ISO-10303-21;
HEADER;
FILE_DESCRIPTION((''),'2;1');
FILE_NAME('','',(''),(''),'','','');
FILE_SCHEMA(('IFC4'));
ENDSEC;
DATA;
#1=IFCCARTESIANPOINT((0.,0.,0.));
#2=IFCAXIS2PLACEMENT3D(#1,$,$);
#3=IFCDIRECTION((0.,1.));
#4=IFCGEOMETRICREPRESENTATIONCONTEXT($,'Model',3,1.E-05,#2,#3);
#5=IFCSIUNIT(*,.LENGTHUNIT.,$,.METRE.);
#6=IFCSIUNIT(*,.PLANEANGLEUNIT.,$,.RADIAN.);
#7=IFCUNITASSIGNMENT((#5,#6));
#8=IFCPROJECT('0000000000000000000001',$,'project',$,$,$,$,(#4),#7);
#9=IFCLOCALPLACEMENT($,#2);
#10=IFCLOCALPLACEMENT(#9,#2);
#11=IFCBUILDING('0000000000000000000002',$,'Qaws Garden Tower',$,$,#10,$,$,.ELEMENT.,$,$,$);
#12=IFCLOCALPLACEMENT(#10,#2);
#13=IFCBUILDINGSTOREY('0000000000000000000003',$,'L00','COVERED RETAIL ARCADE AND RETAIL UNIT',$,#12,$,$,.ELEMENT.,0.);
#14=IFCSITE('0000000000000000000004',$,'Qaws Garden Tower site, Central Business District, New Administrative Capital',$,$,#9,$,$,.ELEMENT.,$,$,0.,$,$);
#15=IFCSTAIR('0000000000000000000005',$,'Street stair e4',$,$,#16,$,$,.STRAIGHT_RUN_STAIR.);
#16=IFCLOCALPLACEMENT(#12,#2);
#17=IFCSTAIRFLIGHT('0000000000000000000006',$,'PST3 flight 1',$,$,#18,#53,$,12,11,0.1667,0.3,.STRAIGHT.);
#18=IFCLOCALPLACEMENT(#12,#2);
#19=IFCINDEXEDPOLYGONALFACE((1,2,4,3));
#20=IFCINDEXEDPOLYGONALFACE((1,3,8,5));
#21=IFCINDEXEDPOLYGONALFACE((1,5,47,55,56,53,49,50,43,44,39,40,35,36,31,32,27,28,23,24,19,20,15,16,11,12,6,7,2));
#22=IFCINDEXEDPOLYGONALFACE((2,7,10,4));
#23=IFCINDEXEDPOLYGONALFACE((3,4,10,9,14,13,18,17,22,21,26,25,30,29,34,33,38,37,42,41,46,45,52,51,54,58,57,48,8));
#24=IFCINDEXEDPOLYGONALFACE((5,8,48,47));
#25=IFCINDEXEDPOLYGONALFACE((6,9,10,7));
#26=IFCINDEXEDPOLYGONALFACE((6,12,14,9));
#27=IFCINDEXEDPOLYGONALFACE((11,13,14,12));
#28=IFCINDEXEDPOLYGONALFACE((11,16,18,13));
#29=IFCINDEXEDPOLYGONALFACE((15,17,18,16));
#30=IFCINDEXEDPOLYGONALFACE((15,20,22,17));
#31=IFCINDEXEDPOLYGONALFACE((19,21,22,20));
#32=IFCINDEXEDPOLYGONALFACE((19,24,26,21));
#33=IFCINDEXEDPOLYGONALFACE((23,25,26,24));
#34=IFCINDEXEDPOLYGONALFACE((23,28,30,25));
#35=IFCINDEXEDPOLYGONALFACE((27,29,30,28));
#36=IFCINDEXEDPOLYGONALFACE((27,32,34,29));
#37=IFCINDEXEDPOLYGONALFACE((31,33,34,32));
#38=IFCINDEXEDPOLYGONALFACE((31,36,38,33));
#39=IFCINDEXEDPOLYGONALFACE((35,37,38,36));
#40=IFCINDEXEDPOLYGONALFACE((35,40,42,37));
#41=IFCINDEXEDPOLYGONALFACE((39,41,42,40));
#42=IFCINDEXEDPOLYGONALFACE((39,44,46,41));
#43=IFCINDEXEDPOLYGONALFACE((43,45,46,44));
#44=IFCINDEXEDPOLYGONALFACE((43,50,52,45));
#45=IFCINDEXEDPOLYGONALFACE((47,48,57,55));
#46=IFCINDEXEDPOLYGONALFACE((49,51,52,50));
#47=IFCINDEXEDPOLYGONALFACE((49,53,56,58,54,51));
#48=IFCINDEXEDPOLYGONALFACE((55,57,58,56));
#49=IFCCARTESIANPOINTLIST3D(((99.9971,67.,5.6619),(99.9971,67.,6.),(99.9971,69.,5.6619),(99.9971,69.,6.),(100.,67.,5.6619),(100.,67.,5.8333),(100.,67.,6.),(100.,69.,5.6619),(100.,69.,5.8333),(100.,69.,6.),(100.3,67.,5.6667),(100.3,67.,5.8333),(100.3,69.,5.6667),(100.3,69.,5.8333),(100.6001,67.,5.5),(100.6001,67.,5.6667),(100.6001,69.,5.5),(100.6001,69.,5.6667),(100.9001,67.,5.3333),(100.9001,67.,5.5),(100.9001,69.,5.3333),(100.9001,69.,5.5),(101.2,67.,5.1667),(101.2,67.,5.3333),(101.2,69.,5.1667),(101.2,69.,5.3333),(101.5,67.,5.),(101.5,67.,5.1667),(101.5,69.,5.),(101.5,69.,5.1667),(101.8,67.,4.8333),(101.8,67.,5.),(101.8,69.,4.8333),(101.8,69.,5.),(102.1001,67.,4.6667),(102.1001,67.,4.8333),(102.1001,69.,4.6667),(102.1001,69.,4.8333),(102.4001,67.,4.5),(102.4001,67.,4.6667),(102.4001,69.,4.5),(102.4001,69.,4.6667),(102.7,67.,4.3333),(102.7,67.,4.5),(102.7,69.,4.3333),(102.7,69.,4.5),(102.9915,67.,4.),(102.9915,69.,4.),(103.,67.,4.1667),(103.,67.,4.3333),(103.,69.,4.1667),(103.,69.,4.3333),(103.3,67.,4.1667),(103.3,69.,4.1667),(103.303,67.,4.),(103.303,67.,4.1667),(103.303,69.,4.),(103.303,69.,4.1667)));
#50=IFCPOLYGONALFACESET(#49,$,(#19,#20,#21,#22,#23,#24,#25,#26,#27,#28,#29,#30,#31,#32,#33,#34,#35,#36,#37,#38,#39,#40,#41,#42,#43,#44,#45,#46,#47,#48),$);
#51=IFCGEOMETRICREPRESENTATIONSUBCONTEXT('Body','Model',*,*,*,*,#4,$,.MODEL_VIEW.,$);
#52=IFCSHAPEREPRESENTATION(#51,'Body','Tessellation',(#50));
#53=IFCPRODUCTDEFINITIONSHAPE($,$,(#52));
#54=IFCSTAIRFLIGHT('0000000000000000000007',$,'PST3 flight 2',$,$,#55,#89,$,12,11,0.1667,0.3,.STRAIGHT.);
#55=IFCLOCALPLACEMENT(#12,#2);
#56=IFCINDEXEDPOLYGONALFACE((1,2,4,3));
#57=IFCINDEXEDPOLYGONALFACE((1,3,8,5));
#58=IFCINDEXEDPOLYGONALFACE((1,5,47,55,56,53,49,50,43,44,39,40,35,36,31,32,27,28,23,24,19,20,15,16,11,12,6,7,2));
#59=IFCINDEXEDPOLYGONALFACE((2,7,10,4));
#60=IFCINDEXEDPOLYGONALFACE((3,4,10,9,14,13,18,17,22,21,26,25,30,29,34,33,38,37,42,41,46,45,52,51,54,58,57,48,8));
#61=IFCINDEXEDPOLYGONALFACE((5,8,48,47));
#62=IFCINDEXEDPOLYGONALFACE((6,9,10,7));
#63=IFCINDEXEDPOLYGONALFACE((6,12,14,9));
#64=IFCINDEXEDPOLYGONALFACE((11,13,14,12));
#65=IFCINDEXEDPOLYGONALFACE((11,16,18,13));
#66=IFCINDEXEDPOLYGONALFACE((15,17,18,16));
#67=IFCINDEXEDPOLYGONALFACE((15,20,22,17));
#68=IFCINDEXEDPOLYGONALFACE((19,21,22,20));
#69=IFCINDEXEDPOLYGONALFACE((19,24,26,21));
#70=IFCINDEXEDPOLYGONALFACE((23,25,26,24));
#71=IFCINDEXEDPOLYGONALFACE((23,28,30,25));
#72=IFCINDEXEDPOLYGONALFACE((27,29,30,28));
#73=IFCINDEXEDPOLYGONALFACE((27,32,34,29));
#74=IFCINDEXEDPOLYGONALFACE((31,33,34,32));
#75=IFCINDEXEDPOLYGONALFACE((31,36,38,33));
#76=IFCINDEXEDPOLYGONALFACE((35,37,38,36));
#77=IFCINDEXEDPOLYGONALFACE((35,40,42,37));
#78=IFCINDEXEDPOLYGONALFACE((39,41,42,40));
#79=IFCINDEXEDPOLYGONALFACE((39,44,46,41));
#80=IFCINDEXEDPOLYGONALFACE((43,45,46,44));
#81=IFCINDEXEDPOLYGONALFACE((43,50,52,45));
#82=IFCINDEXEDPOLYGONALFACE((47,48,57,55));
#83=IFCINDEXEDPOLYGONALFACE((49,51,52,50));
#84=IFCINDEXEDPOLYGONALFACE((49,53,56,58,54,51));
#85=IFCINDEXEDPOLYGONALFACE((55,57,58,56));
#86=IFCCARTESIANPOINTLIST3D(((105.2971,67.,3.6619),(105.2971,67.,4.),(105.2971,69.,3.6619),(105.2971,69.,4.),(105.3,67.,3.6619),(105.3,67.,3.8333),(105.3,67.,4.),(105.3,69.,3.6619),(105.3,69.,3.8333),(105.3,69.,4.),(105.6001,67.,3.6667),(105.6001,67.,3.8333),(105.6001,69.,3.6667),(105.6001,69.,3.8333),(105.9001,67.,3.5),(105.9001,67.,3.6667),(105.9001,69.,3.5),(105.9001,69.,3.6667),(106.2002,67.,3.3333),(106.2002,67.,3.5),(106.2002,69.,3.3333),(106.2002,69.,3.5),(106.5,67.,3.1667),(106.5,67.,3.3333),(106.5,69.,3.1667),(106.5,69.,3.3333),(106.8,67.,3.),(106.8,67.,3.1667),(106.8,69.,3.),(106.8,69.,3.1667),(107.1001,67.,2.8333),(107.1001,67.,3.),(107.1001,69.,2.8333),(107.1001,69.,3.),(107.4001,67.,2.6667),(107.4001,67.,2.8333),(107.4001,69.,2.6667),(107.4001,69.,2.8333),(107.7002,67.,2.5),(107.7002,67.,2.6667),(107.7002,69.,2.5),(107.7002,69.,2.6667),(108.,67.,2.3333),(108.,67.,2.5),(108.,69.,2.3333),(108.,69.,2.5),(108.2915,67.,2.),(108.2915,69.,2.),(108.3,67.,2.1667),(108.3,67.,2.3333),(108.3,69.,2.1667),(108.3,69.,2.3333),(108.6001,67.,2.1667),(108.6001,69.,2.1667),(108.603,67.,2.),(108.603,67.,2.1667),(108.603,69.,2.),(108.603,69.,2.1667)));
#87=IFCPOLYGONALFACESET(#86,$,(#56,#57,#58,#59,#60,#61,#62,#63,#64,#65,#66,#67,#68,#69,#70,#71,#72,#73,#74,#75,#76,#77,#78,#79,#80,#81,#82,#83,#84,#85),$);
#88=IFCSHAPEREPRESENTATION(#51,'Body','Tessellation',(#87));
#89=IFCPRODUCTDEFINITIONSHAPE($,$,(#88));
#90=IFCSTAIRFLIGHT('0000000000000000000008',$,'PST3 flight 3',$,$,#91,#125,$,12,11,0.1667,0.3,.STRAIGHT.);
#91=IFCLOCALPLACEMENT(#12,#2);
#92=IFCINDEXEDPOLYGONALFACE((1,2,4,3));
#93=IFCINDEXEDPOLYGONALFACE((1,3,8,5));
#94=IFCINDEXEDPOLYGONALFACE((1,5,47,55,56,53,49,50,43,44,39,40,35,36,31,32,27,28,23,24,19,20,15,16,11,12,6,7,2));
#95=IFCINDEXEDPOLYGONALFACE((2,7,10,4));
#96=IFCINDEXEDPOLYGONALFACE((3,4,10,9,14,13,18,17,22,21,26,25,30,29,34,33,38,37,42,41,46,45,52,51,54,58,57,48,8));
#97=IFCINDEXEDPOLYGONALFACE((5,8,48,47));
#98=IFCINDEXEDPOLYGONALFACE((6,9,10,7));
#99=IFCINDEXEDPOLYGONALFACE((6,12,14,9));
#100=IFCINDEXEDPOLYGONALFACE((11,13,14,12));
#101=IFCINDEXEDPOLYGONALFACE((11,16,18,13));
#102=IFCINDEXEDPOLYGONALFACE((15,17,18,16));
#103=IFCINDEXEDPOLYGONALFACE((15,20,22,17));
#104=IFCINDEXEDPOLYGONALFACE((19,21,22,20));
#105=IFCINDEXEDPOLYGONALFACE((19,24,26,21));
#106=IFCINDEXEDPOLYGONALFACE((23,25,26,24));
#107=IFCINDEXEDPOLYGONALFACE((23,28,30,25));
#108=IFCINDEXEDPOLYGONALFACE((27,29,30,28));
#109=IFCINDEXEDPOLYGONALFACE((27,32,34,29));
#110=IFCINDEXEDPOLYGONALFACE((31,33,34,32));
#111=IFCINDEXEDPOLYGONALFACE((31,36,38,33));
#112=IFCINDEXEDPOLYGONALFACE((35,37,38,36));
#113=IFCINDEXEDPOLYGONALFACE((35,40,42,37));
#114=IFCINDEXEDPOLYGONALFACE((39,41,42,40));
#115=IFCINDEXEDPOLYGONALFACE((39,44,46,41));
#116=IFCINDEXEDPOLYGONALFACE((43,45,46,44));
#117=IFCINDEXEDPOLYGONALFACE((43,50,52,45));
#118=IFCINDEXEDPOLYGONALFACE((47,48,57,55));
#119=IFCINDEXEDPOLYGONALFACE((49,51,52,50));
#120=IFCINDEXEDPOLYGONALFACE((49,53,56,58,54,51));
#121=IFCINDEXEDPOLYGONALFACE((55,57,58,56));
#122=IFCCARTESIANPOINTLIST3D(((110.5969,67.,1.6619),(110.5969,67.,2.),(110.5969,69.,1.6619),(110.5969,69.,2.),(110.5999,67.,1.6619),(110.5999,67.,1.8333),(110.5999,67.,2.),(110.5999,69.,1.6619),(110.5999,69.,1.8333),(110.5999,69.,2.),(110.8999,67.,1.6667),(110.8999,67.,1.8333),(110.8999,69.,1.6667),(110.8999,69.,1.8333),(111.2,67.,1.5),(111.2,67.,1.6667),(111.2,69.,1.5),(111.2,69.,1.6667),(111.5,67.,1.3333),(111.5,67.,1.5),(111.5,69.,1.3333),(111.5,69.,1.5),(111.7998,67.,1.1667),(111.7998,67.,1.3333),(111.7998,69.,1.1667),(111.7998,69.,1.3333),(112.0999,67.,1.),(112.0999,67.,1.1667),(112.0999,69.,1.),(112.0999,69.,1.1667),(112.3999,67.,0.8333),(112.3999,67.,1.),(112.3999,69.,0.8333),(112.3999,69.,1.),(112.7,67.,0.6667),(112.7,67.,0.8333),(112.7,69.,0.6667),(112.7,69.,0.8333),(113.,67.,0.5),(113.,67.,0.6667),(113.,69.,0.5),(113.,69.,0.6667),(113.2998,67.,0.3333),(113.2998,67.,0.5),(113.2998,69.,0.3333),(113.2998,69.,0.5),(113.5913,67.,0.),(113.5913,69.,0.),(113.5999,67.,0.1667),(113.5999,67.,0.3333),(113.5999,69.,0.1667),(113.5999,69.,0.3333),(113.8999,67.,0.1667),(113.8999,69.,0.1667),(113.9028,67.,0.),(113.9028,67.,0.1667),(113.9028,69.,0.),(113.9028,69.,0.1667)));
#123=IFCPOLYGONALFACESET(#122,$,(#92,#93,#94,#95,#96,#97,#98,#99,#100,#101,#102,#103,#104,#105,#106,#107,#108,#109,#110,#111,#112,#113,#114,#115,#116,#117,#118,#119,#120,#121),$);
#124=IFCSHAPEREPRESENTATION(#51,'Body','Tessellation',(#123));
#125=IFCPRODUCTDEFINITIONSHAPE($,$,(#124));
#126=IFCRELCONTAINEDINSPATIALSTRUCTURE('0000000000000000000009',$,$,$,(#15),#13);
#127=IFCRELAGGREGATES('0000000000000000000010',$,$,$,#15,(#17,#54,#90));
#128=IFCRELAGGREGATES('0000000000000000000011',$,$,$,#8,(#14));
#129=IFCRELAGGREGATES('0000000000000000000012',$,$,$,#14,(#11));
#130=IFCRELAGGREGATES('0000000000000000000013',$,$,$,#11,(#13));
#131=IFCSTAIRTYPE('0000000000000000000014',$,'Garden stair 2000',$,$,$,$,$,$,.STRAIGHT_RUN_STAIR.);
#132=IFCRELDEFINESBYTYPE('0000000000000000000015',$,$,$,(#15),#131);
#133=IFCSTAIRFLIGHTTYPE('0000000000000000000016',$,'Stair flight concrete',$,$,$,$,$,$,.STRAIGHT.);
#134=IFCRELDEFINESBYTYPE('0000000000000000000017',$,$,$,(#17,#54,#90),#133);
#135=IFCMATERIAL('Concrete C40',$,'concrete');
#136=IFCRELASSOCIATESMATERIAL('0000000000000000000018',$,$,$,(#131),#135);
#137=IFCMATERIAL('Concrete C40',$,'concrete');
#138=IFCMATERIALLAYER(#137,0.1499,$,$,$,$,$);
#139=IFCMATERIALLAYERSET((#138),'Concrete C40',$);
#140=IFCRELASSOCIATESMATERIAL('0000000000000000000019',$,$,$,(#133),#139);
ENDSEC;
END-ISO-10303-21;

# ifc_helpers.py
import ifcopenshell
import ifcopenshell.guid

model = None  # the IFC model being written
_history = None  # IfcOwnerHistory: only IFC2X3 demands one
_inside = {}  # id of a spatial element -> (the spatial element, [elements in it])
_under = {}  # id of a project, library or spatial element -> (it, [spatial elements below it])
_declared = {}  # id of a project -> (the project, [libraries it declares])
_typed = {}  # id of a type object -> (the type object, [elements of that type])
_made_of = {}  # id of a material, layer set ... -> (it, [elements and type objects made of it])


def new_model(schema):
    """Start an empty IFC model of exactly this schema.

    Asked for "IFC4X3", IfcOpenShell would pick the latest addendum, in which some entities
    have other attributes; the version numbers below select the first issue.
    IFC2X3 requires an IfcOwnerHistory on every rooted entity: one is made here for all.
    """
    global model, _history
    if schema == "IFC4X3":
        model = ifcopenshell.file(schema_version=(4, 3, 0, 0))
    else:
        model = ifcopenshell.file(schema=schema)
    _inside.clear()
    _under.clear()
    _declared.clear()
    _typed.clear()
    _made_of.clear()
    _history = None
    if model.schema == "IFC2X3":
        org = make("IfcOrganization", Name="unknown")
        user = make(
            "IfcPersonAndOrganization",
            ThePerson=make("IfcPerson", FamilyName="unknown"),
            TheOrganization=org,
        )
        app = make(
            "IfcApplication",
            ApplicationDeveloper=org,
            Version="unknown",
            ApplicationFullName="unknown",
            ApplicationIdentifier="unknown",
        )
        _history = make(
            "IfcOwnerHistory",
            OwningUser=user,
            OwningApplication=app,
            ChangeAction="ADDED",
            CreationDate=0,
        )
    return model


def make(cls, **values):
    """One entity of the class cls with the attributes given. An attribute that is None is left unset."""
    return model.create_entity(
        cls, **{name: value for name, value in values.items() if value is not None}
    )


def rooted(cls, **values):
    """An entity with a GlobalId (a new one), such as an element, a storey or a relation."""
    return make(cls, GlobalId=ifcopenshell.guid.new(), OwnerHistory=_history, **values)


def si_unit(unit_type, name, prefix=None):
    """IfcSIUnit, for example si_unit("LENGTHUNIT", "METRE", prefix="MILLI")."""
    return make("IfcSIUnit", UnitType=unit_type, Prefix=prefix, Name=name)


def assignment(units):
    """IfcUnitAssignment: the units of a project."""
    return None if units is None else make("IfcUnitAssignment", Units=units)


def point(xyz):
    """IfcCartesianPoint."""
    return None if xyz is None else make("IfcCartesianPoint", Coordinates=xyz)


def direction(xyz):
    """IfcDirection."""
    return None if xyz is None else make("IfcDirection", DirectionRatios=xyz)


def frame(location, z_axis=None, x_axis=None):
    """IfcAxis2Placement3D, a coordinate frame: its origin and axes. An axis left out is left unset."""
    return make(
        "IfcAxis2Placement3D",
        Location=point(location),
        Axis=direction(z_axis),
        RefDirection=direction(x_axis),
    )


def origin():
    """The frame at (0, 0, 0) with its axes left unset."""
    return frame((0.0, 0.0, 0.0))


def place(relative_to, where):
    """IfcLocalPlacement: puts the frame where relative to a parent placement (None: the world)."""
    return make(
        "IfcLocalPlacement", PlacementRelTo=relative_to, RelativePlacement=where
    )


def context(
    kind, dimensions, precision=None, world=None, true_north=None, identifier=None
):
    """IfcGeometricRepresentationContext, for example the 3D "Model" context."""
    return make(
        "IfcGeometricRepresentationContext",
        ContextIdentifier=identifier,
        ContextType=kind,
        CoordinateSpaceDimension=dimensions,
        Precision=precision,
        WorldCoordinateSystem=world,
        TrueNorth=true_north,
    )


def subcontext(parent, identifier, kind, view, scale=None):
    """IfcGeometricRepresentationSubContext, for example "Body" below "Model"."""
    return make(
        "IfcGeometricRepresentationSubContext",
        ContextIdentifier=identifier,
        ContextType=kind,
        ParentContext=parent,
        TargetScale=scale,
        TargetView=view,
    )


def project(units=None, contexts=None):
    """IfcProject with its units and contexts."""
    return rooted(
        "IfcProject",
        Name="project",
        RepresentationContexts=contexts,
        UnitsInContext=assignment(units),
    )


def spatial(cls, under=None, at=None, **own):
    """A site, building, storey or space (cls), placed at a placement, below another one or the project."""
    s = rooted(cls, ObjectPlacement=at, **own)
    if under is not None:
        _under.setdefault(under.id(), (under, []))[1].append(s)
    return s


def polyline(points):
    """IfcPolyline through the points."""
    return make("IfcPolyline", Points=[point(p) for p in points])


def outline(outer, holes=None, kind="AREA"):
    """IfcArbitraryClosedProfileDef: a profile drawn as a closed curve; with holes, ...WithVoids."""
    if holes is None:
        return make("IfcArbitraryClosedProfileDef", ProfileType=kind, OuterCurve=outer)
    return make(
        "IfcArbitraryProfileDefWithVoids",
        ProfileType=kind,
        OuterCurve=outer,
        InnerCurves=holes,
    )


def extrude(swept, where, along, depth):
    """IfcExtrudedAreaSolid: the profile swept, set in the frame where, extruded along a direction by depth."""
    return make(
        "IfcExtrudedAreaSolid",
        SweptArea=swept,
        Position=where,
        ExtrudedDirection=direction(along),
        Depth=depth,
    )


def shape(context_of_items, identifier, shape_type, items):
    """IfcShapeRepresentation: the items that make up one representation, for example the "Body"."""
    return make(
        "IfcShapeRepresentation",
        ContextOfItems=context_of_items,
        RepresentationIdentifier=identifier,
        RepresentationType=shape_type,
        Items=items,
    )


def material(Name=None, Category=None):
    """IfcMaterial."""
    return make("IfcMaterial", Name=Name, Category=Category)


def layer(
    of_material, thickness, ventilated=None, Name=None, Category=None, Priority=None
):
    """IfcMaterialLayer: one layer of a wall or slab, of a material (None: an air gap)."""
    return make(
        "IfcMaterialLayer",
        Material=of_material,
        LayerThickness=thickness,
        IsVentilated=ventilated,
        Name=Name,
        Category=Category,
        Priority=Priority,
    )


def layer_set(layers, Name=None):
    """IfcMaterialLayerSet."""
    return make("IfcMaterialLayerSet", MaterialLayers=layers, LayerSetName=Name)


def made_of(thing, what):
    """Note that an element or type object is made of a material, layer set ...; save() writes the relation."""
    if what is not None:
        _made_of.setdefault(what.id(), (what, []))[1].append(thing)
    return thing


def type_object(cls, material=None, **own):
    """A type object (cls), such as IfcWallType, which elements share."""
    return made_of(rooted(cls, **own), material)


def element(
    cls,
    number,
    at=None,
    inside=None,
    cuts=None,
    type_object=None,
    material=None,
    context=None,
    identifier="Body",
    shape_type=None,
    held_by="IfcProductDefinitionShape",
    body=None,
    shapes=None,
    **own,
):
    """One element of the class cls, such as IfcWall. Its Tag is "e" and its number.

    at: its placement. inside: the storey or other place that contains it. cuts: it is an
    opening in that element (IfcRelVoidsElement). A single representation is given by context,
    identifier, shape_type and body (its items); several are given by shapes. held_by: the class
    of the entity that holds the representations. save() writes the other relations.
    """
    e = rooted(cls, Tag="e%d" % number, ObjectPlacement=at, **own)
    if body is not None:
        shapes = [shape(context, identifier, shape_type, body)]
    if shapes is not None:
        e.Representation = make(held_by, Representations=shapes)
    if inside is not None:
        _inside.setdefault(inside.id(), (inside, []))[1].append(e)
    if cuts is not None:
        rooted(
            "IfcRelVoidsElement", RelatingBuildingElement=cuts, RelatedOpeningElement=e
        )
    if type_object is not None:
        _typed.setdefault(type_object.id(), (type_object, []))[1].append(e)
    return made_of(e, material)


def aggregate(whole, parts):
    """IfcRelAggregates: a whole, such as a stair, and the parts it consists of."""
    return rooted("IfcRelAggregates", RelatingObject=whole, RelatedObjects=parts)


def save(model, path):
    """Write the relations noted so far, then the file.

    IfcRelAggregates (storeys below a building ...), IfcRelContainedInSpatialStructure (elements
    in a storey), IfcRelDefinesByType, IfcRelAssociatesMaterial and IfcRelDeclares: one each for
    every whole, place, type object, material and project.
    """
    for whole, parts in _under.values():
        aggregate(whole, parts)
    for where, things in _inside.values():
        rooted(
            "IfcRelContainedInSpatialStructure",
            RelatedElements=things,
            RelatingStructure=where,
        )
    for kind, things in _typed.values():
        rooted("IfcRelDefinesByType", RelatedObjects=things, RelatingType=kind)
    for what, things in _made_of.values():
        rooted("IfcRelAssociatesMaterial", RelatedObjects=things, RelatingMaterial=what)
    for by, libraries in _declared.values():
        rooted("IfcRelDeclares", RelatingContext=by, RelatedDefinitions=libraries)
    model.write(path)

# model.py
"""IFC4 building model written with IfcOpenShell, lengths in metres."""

from ifc_helpers import new_model, si_unit, direction, frame, origin, place, context, subcontext, project, spatial, polyline, outline, extrude, material, layer, layer_set, type_object, element, aggregate, save


model = new_model("IFC4")

# Units and contexts
model_context = context("Model", 3, precision=1e-05, world=origin(), true_north=direction((0.0, 1.0)))
body_context = subcontext(model_context, "Body", "Model", "MODEL_VIEW")
ifc_project = project(units=[si_unit("LENGTHUNIT", "METRE"), si_unit("PLANEANGLEUNIT", "RADIAN")], contexts=[model_context])

# Site, building, storey
site_placement = place(None, origin())
site = spatial("IfcSite", under=ifc_project, at=site_placement, Name="Qaws Garden Tower site, Central Business District, New Administrative Capital", CompositionType="ELEMENT", RefElevation=0.0)
building_placement = place(site_placement, origin())
building = spatial("IfcBuilding", under=site, at=building_placement, Name="Qaws Garden Tower", CompositionType="ELEMENT")
storey_placement = place(building_placement, origin())
storey = spatial("IfcBuildingStorey", under=building, at=storey_placement, Name="L00", Description="COVERED RETAIL ARCADE AND RETAIL UNIT", CompositionType="ELEMENT", Elevation=0.0)

# Stair, stair flights
ifc_material_1 = material(Name="Concrete C40", Category="concrete")
stair_type = type_object("IfcStairType", Name="Garden stair 2000", PredefinedType="STRAIGHT_RUN_STAIR", material=ifc_material_1)
placement = place(storey_placement, origin())
ifc_material_2 = material(Name="Concrete C40", Category="concrete")
ifc_layer_1 = layer(ifc_material_2, 0.1499)
ifc_layer_set_1 = layer_set([ifc_layer_1], Name="Concrete C40")
stair_flight_type = type_object("IfcStairFlightType", Name="Stair flight concrete", PredefinedType="STRAIGHT", material=ifc_layer_set_1)
stair_1 = element("IfcStair", 1, at=placement, inside=storey, type_object=stair_type, Name="Street stair e4", PredefinedType="STRAIGHT_RUN_STAIR")
stair_flight_1_placement = place(storey_placement, frame((103.3, 68.0, 4.0), z_axis=(0.0, 0.0, 1.0), x_axis=(-1.0, 0.0, 0.0)))
stair_flight_1 = element("IfcStairFlight", 2, at=stair_flight_1_placement, type_object=stair_flight_type, Name="PST3 flight 1", NumberOfRisers=12, NumberOfTreads=11, PredefinedType="STRAIGHT", RiserHeight=0.1667, TreadLength=0.3, context=body_context, shape_type="SweptSolid", body=[
    extrude(outline(polyline([(-0.0029, 0.0), (-0.0029, 0.1667), (0.0, 0.1667), (0.3, 0.1667), (0.3, 0.3333), (0.6001, 0.3333), (0.6001, 0.5), (0.8999, 0.5), (0.8999, 0.6667), (1.2, 0.6667), (1.2, 0.8333), (1.5, 0.8333), (1.5, 1.0), (1.8, 1.0), (1.8, 1.1667), (2.1001, 1.1667), (2.1001, 1.3333), (2.3999, 1.3333), (2.3999, 1.5), (2.7, 1.5), (2.7, 1.6667), (3.0, 1.6667), (3.0, 1.8333), (3.3, 1.8333), (3.3, 2.0), (3.303, 2.0), (3.303, 1.6619), (3.3, 1.6619), (0.3086, 0.0), (-0.0029, 0.0)])), frame((0.0, 1.0, 0.0), z_axis=(0.0, -1.0, 0.0), x_axis=(1.0, 0.0, 0.0)), (0.0, 0.0, 1.0), 2.0),
])
stair_flight_2_placement = place(storey_placement, frame((108.6001, 68.0, 2.0), z_axis=(0.0, 0.0, 1.0), x_axis=(-1.0, 0.0, 0.0)))
stair_flight_2 = element("IfcStairFlight", 3, at=stair_flight_2_placement, type_object=stair_flight_type, Name="PST3 flight 2", NumberOfRisers=12, NumberOfTreads=11, PredefinedType="STRAIGHT", RiserHeight=0.1667, TreadLength=0.3, context=body_context, shape_type="SweptSolid", body=[
    extrude(outline(polyline([(-0.0029, 0.0), (-0.0029, 0.1667), (0.0, 0.1667), (0.3, 0.1667), (0.3, 0.3333), (0.6001, 0.3333), (0.6001, 0.5), (0.8999, 0.5), (0.8999, 0.6667), (1.2, 0.6667), (1.2, 0.8333), (1.5, 0.8333), (1.5, 1.0), (1.8, 1.0), (1.8, 1.1667), (2.1001, 1.1667), (2.1001, 1.3333), (2.3999, 1.3333), (2.3999, 1.5), (2.7, 1.5), (2.7, 1.6667), (3.0, 1.6667), (3.0, 1.8333), (3.3, 1.8333), (3.3, 2.0), (3.303, 2.0), (3.303, 1.6619), (3.3, 1.6619), (0.3086, 0.0), (-0.0029, 0.0)])), frame((0.0, 1.0, 0.0), z_axis=(0.0, -1.0, 0.0), x_axis=(1.0, 0.0, 0.0)), (0.0, 0.0, 1.0), 2.0),
])
stair_flight_3_placement = place(storey_placement, frame((113.8999, 68.0, 0.0), z_axis=(0.0, 0.0, 1.0), x_axis=(-1.0, 0.0, 0.0)))
stair_flight_3 = element("IfcStairFlight", 4, at=stair_flight_3_placement, type_object=stair_flight_type, Name="PST3 flight 3", NumberOfRisers=12, NumberOfTreads=11, PredefinedType="STRAIGHT", RiserHeight=0.1667, TreadLength=0.3, context=body_context, shape_type="SweptSolid", body=[
    extrude(outline(polyline([(-0.0029, 0.0), (-0.0029, 0.1667), (0.0, 0.1667), (0.3, 0.1667), (0.3, 0.3333), (0.6001, 0.3333), (0.6001, 0.5), (0.8999, 0.5), (0.8999, 0.6667), (1.2, 0.6667), (1.2, 0.8333), (1.5, 0.8333), (1.5, 1.0), (1.8, 1.0), (1.8, 1.1667), (2.1001, 1.1667), (2.1001, 1.3333), (2.3999, 1.3333), (2.3999, 1.5), (2.7, 1.5), (2.7, 1.6667), (3.0, 1.6667), (3.0, 1.8333), (3.3, 1.8333), (3.3, 2.0), (3.303, 2.0), (3.303, 1.6619), (3.3, 1.6619), (0.3086, 0.0), (-0.0029, 0.0)])), frame((0.0, 1.0, 0.0), z_axis=(0.0, -1.0, 0.0), x_axis=(1.0, 0.0, 0.0)), (0.0, 0.0, 1.0), 2.0),
])
aggregate(stair_1, [stair_flight_1, stair_flight_2, stair_flight_3])

save(model, "model.ifc")
